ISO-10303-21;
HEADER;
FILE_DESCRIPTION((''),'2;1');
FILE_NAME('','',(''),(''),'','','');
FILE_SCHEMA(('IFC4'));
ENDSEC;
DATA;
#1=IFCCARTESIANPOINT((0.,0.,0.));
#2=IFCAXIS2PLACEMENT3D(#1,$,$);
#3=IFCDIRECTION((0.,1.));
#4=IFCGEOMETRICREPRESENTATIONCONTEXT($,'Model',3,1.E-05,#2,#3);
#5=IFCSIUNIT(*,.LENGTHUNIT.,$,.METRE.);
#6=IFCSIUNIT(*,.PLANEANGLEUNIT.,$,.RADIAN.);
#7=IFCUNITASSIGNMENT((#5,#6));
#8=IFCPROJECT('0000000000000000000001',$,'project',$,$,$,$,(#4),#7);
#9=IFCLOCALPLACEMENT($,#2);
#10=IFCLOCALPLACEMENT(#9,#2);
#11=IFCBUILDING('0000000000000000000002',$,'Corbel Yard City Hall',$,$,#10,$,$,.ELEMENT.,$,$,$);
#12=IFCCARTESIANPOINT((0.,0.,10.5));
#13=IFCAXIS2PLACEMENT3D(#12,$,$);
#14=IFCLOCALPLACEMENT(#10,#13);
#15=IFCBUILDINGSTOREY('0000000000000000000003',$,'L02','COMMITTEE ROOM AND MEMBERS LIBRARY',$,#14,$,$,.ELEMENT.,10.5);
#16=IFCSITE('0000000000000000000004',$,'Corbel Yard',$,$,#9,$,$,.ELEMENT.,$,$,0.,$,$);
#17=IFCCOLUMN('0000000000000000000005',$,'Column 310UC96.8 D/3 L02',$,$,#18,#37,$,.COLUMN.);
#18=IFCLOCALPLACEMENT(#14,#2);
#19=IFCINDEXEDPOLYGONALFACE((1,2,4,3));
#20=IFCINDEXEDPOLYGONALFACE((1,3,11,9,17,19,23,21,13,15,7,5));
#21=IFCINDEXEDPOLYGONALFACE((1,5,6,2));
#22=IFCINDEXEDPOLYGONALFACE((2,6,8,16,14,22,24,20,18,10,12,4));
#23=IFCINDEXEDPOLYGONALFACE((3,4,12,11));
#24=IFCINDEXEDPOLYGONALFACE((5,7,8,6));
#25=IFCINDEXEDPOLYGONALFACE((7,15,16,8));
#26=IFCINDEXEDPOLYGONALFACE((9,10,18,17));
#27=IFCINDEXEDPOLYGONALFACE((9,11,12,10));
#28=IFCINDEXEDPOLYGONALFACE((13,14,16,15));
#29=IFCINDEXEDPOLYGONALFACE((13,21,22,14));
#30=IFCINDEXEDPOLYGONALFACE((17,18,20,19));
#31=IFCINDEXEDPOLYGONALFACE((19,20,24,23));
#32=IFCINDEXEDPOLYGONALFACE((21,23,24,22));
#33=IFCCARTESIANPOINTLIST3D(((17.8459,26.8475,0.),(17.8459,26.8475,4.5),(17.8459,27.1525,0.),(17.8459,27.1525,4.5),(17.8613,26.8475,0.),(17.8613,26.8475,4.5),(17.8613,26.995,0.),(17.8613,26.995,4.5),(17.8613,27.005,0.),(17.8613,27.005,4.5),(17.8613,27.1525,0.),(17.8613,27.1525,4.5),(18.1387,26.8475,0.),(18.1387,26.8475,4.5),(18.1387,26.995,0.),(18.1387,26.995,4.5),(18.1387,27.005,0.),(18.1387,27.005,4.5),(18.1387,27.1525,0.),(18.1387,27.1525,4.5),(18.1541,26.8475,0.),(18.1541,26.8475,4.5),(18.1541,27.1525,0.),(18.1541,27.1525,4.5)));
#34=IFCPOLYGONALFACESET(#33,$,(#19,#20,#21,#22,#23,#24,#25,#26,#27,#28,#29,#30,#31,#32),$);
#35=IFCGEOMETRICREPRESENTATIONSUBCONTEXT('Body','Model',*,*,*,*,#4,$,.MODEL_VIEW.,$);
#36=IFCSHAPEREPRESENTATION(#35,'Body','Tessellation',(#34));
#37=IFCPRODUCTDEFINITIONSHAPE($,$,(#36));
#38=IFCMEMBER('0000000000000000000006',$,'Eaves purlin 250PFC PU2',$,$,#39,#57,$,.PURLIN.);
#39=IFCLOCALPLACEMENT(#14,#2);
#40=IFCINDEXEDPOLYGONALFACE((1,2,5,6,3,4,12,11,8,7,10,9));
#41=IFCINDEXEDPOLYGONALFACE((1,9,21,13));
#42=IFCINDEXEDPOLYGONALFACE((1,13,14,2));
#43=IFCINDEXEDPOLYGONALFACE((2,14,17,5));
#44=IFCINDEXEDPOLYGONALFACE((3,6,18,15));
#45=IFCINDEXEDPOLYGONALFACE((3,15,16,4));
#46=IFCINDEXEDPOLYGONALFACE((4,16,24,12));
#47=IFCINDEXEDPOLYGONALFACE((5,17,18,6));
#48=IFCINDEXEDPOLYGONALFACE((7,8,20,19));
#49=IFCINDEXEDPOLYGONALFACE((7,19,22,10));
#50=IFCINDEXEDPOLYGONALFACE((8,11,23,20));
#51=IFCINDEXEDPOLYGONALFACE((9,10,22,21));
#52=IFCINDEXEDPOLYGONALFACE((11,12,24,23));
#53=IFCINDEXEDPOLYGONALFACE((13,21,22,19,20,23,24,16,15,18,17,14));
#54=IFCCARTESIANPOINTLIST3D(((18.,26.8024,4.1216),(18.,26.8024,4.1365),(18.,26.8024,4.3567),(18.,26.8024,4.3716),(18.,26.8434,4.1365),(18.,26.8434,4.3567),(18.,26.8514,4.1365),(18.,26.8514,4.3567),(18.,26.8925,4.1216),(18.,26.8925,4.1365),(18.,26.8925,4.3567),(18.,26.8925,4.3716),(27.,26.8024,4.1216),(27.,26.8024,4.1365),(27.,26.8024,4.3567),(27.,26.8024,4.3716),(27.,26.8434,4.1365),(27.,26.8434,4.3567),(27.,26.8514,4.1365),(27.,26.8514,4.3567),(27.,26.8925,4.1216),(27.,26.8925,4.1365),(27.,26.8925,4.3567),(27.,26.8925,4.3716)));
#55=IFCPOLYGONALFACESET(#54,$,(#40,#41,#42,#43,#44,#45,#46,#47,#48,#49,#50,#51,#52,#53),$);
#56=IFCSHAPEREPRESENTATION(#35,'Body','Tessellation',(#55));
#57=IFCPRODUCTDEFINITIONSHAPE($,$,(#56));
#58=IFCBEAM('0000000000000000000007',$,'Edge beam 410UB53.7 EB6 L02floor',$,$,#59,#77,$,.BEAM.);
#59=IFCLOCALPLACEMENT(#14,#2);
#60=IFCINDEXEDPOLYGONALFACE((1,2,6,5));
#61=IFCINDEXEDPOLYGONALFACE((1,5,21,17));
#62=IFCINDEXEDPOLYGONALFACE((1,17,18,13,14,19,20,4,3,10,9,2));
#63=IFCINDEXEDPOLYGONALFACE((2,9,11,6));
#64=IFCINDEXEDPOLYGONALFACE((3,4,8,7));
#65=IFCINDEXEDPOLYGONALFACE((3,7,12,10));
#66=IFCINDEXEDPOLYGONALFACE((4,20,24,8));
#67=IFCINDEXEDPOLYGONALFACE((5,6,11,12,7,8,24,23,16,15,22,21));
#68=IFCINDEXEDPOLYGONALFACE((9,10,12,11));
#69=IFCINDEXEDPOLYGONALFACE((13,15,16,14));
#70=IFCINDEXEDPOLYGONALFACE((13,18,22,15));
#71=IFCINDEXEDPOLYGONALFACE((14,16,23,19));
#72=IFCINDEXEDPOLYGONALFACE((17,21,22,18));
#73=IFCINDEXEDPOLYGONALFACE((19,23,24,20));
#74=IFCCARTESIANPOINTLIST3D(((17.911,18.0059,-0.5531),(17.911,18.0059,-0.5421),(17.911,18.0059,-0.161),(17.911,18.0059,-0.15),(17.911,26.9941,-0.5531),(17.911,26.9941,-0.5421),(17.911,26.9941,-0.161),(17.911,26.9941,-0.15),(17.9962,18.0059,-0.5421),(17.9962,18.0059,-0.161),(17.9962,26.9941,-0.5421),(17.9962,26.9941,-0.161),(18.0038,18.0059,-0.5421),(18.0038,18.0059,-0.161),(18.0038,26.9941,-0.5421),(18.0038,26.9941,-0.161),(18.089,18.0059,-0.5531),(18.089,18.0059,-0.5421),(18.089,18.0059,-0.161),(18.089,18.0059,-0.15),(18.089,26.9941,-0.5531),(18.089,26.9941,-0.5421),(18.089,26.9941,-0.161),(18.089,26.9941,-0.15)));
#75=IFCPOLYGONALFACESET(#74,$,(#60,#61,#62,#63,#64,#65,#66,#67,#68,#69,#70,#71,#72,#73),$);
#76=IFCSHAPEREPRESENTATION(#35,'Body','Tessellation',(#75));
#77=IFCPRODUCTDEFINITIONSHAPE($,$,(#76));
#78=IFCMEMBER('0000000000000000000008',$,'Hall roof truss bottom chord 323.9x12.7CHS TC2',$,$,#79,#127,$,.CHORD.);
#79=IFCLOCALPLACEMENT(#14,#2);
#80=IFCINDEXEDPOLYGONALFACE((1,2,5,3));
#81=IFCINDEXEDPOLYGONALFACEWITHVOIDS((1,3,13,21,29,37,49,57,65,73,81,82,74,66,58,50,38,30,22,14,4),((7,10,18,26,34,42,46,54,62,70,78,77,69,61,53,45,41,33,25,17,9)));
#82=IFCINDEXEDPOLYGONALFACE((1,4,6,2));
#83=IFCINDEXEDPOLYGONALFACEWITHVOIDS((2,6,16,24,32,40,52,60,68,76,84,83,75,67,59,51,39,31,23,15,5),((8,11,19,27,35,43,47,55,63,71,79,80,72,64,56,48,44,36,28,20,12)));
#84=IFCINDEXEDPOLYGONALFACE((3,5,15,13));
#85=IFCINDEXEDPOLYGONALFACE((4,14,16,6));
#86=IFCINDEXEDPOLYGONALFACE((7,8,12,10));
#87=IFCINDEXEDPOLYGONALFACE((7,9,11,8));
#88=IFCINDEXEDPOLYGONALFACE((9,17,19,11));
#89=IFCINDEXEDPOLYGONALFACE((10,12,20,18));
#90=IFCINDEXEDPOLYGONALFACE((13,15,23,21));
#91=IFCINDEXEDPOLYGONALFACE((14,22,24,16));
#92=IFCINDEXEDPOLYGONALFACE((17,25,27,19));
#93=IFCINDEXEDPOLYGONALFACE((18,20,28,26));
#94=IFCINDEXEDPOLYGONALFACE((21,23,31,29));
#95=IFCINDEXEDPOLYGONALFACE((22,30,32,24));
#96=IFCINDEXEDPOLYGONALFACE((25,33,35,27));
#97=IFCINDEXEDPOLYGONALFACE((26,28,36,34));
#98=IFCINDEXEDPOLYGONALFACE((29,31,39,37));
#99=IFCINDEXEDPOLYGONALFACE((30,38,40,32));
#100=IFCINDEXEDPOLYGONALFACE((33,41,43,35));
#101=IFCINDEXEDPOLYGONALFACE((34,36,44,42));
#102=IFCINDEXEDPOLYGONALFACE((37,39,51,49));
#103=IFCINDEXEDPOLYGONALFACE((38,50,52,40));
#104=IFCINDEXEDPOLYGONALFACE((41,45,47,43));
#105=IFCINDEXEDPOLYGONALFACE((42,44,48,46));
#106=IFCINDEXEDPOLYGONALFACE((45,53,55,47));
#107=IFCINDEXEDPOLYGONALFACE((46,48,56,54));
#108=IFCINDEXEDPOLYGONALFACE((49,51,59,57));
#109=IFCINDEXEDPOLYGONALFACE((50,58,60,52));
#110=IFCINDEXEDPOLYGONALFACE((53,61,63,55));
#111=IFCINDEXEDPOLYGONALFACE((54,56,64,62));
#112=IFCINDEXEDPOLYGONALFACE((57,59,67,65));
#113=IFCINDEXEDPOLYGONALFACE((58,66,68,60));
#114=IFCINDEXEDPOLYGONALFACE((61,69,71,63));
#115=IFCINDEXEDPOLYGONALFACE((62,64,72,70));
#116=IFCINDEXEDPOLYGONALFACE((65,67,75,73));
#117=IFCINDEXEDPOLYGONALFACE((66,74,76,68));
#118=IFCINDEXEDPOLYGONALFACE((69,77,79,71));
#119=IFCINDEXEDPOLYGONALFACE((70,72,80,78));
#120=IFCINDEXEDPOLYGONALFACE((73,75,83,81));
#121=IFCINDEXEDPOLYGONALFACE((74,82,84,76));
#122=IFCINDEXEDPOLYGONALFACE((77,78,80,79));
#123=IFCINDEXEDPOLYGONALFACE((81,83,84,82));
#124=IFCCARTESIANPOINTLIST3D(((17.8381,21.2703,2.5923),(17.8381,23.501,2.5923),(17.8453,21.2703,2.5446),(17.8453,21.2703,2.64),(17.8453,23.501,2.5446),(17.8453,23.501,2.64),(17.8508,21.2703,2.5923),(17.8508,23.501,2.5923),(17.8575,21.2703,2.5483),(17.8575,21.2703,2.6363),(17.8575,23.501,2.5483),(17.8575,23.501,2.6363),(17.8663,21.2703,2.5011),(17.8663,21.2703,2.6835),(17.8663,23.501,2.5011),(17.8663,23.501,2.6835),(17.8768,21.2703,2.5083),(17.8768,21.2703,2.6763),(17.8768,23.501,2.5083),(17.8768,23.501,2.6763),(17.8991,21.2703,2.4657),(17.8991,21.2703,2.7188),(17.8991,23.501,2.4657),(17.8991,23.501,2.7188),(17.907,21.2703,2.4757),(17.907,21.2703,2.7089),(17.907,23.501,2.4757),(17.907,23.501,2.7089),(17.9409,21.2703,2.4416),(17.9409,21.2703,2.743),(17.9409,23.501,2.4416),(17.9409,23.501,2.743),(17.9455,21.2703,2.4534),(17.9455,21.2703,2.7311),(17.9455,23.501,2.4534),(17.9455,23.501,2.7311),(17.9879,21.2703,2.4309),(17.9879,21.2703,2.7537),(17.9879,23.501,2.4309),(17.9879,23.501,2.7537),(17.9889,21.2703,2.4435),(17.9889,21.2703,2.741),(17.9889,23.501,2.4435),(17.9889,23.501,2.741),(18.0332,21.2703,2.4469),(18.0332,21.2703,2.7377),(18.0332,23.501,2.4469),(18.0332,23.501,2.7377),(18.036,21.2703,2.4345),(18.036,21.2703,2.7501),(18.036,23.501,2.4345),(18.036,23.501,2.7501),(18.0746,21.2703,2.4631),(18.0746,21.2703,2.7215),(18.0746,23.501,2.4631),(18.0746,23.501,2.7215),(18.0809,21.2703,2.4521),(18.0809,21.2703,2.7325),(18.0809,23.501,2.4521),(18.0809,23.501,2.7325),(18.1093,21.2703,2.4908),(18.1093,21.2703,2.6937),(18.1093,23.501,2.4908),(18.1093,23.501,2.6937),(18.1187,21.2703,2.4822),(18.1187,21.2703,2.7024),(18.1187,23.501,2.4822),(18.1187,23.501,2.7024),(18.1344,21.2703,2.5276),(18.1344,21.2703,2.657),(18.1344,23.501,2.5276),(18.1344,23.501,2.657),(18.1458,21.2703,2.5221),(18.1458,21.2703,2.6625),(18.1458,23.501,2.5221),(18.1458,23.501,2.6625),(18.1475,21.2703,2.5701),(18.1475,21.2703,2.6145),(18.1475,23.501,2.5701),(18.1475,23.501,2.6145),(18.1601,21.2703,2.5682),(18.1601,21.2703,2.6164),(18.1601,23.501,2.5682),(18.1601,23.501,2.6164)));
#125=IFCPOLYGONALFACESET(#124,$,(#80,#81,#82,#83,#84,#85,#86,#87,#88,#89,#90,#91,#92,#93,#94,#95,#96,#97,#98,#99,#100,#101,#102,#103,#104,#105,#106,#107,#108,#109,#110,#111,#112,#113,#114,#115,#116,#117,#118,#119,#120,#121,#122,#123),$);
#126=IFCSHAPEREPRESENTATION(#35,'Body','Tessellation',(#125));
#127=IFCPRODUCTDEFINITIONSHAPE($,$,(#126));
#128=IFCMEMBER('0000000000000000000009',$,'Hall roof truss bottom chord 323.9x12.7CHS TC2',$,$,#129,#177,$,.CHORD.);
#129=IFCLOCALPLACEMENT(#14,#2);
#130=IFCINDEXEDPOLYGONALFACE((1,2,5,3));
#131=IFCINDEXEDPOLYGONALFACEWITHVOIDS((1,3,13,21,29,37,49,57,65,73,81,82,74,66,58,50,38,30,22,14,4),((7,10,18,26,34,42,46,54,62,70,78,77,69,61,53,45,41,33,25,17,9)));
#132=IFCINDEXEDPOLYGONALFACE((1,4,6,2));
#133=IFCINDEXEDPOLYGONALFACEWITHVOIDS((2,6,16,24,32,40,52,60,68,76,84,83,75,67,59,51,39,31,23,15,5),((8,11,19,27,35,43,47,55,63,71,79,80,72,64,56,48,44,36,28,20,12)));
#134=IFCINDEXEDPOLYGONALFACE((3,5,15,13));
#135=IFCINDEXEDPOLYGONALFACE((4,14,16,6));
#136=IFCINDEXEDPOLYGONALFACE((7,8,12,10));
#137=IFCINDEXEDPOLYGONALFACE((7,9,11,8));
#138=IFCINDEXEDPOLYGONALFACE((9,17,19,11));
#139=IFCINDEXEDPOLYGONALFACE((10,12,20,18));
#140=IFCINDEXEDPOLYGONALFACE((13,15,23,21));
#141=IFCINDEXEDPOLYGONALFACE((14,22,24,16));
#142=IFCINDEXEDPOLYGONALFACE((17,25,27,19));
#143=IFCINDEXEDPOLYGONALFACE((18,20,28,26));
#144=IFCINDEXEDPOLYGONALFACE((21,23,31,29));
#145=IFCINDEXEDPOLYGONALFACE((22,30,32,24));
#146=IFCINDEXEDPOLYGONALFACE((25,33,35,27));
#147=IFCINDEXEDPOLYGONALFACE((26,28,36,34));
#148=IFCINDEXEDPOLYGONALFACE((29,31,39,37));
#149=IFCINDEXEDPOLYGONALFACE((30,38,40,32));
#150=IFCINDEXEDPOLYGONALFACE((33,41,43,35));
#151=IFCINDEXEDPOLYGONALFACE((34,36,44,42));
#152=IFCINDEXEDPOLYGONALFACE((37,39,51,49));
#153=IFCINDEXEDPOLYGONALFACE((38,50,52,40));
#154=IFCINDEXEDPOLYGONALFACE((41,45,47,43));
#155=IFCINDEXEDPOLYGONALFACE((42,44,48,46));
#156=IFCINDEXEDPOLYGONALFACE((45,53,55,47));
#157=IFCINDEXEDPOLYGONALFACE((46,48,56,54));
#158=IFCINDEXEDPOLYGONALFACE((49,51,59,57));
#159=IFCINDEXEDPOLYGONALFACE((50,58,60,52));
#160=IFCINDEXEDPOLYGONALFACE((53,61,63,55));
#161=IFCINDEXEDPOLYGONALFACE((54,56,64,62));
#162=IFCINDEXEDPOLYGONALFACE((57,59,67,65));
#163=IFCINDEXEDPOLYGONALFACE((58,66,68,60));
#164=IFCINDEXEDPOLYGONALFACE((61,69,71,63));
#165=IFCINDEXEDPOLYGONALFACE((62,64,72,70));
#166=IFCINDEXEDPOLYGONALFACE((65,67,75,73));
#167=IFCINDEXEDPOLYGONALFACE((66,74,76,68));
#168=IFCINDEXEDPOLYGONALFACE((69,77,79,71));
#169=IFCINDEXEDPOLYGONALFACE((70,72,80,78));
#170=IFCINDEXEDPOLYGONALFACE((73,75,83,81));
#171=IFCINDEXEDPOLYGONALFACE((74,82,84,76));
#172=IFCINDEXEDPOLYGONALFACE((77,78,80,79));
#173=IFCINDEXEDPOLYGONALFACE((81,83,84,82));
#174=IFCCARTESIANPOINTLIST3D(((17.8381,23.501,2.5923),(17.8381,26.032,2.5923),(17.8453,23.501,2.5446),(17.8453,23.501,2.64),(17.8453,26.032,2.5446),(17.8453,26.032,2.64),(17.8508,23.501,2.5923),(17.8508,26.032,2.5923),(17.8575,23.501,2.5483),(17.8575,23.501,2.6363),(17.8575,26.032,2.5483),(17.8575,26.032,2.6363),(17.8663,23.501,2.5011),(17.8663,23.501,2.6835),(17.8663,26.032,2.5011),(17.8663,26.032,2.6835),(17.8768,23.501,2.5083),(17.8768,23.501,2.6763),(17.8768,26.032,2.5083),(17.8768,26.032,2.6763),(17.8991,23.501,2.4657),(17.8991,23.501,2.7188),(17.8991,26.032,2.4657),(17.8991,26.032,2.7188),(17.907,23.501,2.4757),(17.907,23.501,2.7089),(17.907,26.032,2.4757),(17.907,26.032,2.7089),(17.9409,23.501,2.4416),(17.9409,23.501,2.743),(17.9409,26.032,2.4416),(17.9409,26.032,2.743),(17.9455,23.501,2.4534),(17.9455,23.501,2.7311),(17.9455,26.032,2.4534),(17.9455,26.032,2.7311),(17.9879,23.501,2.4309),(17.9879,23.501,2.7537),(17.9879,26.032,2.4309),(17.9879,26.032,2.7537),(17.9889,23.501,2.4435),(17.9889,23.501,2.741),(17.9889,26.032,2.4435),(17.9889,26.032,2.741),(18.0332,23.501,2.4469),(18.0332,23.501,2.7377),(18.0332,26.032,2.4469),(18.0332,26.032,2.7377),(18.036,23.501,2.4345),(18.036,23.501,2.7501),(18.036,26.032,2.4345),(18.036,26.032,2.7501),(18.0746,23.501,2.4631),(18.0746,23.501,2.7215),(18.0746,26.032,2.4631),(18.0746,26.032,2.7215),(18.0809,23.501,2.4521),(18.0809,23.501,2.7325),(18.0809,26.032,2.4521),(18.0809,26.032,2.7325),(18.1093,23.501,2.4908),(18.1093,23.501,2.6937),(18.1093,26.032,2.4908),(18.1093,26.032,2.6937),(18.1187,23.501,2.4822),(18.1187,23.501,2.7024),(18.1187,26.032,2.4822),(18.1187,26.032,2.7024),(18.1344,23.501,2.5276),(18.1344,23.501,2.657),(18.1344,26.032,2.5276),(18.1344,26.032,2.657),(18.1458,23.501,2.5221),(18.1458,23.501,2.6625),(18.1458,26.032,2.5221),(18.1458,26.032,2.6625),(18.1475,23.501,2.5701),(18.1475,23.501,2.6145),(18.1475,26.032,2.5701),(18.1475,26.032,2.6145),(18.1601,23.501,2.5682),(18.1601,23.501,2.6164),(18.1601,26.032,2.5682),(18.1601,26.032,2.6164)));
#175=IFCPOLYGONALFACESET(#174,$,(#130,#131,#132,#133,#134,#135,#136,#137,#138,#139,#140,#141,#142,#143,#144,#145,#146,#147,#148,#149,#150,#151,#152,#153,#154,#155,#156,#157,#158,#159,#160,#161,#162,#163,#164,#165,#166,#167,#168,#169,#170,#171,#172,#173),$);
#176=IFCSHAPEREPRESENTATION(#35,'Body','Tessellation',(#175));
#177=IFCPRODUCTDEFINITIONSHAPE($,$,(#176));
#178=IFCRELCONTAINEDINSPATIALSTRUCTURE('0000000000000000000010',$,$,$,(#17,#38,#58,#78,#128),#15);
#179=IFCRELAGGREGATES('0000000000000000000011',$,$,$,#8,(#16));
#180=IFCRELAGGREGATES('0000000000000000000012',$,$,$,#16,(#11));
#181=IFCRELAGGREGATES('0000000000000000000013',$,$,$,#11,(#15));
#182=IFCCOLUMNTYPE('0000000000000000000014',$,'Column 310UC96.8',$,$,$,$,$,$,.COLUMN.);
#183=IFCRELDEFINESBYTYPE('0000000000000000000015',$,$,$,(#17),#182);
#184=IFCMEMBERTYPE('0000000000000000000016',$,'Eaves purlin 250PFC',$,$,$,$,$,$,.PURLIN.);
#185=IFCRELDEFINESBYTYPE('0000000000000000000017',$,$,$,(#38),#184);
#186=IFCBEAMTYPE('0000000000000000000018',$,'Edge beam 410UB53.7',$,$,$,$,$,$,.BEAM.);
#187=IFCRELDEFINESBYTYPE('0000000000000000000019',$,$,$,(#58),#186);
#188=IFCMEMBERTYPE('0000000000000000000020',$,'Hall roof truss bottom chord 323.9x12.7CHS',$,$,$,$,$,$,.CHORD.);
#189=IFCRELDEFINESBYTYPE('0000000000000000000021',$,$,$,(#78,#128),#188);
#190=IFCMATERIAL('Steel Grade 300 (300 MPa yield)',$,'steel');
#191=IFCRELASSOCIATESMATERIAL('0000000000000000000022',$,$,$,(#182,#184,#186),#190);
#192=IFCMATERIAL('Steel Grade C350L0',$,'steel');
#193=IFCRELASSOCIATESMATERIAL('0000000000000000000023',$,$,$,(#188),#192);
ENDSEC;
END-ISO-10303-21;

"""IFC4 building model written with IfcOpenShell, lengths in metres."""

from ifc_helpers import new_model, si_unit, direction, frame, origin, origin_2d, place, context, subcontext, project, spatial, hollow_circle, i_section, extrude, material, material_profile, profile_set, type_object, element, save


model = new_model("IFC4")

# Units and contexts
model_context = context("Model", 3, precision=1e-05, world=origin(), true_north=direction((0.0, 1.0)))
body_context = subcontext(model_context, "Body", "Model", "MODEL_VIEW")
ifc_project = project(units=[si_unit("LENGTHUNIT", "METRE"), si_unit("PLANEANGLEUNIT", "RADIAN")], contexts=[model_context])

# Site, building, storey
site_placement = place(None, origin())
site = spatial("IfcSite", under=ifc_project, at=site_placement, Name="Corbel Yard", CompositionType="ELEMENT", RefElevation=0.0)
building_placement = place(site_placement, origin())
building = spatial("IfcBuilding", under=site, at=building_placement, Name="Corbel Yard City Hall", CompositionType="ELEMENT")
storey_placement = place(building_placement, frame((0.0, 0.0, 10.5)))
storey = spatial("IfcBuildingStorey", under=building, at=storey_placement, Name="L02", Description="COMMITTEE ROOM AND MEMBERS LIBRARY", CompositionType="ELEMENT", Elevation=10.5)

# Column
ifc_material_1 = material(Name="Steel Grade 300 (300 MPa yield)", Category="steel")
ifc_material_profile_1 = material_profile(ifc_material_1, i_section(OverallWidth=0.3049, OverallDepth=0.3081, WebThickness=0.01, FlangeThickness=0.0154, at=origin_2d()), Name="310UC96.8")
ifc_profile_set_1 = profile_set([ifc_material_profile_1], Name="Steel Grade 300 (300 MPa yield)")
column_type = type_object("IfcColumnType", Name="Column 310UC96.8", PredefinedType="COLUMN", material=ifc_profile_set_1)
column_placement = place(storey_placement, frame((18.0, 27.0, 0.0), z_axis=(0.0, 0.0, 1.0), x_axis=(0.0, 1.0, 0.0)))
element("IfcColumn", 1, at=column_placement, inside=storey, type_object=column_type, Name="Column 310UC96.8 D/3 L02", PredefinedType="COLUMN", context=body_context, shape_type="SweptSolid", body=[
    extrude(i_section(OverallWidth=0.3049, OverallDepth=0.3081, WebThickness=0.01, FlangeThickness=0.0154, at=origin_2d()), origin(), (0.0, 0.0, 1.0), 4.5),
])

# Member
ifc_material_profile_2 = material_profile(ifc_material_1, i_section(OverallWidth=0.0901, OverallDepth=0.25, WebThickness=0.0081, FlangeThickness=0.0149, at=origin_2d()), Name="250PFC")
ifc_profile_set_2 = profile_set([ifc_material_profile_2], Name="Steel Grade 300 (300 MPa yield)")
member_type_1 = type_object("IfcMemberType", Name="Eaves purlin 250PFC", PredefinedType="PURLIN", material=ifc_profile_set_2)
member_1_placement = place(storey_placement, frame((18.0, 26.8474, 4.2466), z_axis=(1.0, 0.0, 0.0), x_axis=(0.0, 1.0, 0.0)))
element("IfcMember", 2, at=member_1_placement, inside=storey, type_object=member_type_1, Name="Eaves purlin 250PFC PU2", PredefinedType="PURLIN", context=body_context, shape_type="SweptSolid", body=[
    extrude(i_section(OverallWidth=0.0901, OverallDepth=0.25, WebThickness=0.0081, FlangeThickness=0.0149, at=origin_2d()), origin(), (0.0, 0.0, 1.0), 9.0),
])

# Beam
ifc_material_profile_3 = material_profile(ifc_material_1, i_section(OverallWidth=0.178, OverallDepth=0.4031, WebThickness=0.0076, FlangeThickness=0.011, at=origin_2d()), Name="410UB53.7")
ifc_profile_set_3 = profile_set([ifc_material_profile_3], Name="Steel Grade 300 (300 MPa yield)")
beam_type = type_object("IfcBeamType", Name="Edge beam 410UB53.7", PredefinedType="BEAM", material=ifc_profile_set_3)
beam_placement = place(storey_placement, frame((18.0, 18.0059, -0.3516), z_axis=(0.0, 1.0, 0.0), x_axis=(-1.0, 0.0, 0.0)))
element("IfcBeam", 3, at=beam_placement, inside=storey, type_object=beam_type, Name="Edge beam 410UB53.7 EB6 L02floor", PredefinedType="BEAM", context=body_context, shape_type="SweptSolid", body=[
    extrude(i_section(OverallWidth=0.178, OverallDepth=0.4031, WebThickness=0.0076, FlangeThickness=0.011, at=origin_2d()), origin(), (0.0, 0.0, 1.0), 8.9883),
])

# Members
ifc_material_2 = material(Name="Steel Grade C350L0", Category="steel")
ifc_material_profile_4 = material_profile(ifc_material_2, hollow_circle(Radius=0.1619, WallThickness=0.0127, at=origin_2d()), Name="323.9x12.7CHS")
ifc_profile_set_4 = profile_set([ifc_material_profile_4], Name="Steel Grade C350L0")
member_type_2 = type_object("IfcMemberType", Name="Hall roof truss bottom chord 323.9x12.7CHS", PredefinedType="CHORD", material=ifc_profile_set_4)
member_2_placement = place(storey_placement, frame((18.0, 21.2703, 2.5923), z_axis=(0.0, 1.0, 0.0), x_axis=(-1.0, 0.0, 0.0)))
element("IfcMember", 4, at=member_2_placement, inside=storey, type_object=member_type_2, Name="Hall roof truss bottom chord 323.9x12.7CHS TC2", PredefinedType="CHORD", context=body_context, shape_type="SweptSolid", body=[
    extrude(hollow_circle(Radius=0.1619, WallThickness=0.0127, at=origin_2d()), origin(), (0.0, 0.0, 1.0), 2.2307),
])
member_3_placement = place(storey_placement, frame((18.0, 23.501, 2.5923), z_axis=(0.0, 1.0, 0.0), x_axis=(-1.0, 0.0, 0.0)))
element("IfcMember", 5, at=member_3_placement, inside=storey, type_object=member_type_2, Name="Hall roof truss bottom chord 323.9x12.7CHS TC2", PredefinedType="CHORD", context=body_context, shape_type="SweptSolid", body=[
    extrude(hollow_circle(Radius=0.1619, WallThickness=0.0127, at=origin_2d()), origin(), (0.0, 0.0, 1.0), 2.531),
])

save(model, "model.ifc")
